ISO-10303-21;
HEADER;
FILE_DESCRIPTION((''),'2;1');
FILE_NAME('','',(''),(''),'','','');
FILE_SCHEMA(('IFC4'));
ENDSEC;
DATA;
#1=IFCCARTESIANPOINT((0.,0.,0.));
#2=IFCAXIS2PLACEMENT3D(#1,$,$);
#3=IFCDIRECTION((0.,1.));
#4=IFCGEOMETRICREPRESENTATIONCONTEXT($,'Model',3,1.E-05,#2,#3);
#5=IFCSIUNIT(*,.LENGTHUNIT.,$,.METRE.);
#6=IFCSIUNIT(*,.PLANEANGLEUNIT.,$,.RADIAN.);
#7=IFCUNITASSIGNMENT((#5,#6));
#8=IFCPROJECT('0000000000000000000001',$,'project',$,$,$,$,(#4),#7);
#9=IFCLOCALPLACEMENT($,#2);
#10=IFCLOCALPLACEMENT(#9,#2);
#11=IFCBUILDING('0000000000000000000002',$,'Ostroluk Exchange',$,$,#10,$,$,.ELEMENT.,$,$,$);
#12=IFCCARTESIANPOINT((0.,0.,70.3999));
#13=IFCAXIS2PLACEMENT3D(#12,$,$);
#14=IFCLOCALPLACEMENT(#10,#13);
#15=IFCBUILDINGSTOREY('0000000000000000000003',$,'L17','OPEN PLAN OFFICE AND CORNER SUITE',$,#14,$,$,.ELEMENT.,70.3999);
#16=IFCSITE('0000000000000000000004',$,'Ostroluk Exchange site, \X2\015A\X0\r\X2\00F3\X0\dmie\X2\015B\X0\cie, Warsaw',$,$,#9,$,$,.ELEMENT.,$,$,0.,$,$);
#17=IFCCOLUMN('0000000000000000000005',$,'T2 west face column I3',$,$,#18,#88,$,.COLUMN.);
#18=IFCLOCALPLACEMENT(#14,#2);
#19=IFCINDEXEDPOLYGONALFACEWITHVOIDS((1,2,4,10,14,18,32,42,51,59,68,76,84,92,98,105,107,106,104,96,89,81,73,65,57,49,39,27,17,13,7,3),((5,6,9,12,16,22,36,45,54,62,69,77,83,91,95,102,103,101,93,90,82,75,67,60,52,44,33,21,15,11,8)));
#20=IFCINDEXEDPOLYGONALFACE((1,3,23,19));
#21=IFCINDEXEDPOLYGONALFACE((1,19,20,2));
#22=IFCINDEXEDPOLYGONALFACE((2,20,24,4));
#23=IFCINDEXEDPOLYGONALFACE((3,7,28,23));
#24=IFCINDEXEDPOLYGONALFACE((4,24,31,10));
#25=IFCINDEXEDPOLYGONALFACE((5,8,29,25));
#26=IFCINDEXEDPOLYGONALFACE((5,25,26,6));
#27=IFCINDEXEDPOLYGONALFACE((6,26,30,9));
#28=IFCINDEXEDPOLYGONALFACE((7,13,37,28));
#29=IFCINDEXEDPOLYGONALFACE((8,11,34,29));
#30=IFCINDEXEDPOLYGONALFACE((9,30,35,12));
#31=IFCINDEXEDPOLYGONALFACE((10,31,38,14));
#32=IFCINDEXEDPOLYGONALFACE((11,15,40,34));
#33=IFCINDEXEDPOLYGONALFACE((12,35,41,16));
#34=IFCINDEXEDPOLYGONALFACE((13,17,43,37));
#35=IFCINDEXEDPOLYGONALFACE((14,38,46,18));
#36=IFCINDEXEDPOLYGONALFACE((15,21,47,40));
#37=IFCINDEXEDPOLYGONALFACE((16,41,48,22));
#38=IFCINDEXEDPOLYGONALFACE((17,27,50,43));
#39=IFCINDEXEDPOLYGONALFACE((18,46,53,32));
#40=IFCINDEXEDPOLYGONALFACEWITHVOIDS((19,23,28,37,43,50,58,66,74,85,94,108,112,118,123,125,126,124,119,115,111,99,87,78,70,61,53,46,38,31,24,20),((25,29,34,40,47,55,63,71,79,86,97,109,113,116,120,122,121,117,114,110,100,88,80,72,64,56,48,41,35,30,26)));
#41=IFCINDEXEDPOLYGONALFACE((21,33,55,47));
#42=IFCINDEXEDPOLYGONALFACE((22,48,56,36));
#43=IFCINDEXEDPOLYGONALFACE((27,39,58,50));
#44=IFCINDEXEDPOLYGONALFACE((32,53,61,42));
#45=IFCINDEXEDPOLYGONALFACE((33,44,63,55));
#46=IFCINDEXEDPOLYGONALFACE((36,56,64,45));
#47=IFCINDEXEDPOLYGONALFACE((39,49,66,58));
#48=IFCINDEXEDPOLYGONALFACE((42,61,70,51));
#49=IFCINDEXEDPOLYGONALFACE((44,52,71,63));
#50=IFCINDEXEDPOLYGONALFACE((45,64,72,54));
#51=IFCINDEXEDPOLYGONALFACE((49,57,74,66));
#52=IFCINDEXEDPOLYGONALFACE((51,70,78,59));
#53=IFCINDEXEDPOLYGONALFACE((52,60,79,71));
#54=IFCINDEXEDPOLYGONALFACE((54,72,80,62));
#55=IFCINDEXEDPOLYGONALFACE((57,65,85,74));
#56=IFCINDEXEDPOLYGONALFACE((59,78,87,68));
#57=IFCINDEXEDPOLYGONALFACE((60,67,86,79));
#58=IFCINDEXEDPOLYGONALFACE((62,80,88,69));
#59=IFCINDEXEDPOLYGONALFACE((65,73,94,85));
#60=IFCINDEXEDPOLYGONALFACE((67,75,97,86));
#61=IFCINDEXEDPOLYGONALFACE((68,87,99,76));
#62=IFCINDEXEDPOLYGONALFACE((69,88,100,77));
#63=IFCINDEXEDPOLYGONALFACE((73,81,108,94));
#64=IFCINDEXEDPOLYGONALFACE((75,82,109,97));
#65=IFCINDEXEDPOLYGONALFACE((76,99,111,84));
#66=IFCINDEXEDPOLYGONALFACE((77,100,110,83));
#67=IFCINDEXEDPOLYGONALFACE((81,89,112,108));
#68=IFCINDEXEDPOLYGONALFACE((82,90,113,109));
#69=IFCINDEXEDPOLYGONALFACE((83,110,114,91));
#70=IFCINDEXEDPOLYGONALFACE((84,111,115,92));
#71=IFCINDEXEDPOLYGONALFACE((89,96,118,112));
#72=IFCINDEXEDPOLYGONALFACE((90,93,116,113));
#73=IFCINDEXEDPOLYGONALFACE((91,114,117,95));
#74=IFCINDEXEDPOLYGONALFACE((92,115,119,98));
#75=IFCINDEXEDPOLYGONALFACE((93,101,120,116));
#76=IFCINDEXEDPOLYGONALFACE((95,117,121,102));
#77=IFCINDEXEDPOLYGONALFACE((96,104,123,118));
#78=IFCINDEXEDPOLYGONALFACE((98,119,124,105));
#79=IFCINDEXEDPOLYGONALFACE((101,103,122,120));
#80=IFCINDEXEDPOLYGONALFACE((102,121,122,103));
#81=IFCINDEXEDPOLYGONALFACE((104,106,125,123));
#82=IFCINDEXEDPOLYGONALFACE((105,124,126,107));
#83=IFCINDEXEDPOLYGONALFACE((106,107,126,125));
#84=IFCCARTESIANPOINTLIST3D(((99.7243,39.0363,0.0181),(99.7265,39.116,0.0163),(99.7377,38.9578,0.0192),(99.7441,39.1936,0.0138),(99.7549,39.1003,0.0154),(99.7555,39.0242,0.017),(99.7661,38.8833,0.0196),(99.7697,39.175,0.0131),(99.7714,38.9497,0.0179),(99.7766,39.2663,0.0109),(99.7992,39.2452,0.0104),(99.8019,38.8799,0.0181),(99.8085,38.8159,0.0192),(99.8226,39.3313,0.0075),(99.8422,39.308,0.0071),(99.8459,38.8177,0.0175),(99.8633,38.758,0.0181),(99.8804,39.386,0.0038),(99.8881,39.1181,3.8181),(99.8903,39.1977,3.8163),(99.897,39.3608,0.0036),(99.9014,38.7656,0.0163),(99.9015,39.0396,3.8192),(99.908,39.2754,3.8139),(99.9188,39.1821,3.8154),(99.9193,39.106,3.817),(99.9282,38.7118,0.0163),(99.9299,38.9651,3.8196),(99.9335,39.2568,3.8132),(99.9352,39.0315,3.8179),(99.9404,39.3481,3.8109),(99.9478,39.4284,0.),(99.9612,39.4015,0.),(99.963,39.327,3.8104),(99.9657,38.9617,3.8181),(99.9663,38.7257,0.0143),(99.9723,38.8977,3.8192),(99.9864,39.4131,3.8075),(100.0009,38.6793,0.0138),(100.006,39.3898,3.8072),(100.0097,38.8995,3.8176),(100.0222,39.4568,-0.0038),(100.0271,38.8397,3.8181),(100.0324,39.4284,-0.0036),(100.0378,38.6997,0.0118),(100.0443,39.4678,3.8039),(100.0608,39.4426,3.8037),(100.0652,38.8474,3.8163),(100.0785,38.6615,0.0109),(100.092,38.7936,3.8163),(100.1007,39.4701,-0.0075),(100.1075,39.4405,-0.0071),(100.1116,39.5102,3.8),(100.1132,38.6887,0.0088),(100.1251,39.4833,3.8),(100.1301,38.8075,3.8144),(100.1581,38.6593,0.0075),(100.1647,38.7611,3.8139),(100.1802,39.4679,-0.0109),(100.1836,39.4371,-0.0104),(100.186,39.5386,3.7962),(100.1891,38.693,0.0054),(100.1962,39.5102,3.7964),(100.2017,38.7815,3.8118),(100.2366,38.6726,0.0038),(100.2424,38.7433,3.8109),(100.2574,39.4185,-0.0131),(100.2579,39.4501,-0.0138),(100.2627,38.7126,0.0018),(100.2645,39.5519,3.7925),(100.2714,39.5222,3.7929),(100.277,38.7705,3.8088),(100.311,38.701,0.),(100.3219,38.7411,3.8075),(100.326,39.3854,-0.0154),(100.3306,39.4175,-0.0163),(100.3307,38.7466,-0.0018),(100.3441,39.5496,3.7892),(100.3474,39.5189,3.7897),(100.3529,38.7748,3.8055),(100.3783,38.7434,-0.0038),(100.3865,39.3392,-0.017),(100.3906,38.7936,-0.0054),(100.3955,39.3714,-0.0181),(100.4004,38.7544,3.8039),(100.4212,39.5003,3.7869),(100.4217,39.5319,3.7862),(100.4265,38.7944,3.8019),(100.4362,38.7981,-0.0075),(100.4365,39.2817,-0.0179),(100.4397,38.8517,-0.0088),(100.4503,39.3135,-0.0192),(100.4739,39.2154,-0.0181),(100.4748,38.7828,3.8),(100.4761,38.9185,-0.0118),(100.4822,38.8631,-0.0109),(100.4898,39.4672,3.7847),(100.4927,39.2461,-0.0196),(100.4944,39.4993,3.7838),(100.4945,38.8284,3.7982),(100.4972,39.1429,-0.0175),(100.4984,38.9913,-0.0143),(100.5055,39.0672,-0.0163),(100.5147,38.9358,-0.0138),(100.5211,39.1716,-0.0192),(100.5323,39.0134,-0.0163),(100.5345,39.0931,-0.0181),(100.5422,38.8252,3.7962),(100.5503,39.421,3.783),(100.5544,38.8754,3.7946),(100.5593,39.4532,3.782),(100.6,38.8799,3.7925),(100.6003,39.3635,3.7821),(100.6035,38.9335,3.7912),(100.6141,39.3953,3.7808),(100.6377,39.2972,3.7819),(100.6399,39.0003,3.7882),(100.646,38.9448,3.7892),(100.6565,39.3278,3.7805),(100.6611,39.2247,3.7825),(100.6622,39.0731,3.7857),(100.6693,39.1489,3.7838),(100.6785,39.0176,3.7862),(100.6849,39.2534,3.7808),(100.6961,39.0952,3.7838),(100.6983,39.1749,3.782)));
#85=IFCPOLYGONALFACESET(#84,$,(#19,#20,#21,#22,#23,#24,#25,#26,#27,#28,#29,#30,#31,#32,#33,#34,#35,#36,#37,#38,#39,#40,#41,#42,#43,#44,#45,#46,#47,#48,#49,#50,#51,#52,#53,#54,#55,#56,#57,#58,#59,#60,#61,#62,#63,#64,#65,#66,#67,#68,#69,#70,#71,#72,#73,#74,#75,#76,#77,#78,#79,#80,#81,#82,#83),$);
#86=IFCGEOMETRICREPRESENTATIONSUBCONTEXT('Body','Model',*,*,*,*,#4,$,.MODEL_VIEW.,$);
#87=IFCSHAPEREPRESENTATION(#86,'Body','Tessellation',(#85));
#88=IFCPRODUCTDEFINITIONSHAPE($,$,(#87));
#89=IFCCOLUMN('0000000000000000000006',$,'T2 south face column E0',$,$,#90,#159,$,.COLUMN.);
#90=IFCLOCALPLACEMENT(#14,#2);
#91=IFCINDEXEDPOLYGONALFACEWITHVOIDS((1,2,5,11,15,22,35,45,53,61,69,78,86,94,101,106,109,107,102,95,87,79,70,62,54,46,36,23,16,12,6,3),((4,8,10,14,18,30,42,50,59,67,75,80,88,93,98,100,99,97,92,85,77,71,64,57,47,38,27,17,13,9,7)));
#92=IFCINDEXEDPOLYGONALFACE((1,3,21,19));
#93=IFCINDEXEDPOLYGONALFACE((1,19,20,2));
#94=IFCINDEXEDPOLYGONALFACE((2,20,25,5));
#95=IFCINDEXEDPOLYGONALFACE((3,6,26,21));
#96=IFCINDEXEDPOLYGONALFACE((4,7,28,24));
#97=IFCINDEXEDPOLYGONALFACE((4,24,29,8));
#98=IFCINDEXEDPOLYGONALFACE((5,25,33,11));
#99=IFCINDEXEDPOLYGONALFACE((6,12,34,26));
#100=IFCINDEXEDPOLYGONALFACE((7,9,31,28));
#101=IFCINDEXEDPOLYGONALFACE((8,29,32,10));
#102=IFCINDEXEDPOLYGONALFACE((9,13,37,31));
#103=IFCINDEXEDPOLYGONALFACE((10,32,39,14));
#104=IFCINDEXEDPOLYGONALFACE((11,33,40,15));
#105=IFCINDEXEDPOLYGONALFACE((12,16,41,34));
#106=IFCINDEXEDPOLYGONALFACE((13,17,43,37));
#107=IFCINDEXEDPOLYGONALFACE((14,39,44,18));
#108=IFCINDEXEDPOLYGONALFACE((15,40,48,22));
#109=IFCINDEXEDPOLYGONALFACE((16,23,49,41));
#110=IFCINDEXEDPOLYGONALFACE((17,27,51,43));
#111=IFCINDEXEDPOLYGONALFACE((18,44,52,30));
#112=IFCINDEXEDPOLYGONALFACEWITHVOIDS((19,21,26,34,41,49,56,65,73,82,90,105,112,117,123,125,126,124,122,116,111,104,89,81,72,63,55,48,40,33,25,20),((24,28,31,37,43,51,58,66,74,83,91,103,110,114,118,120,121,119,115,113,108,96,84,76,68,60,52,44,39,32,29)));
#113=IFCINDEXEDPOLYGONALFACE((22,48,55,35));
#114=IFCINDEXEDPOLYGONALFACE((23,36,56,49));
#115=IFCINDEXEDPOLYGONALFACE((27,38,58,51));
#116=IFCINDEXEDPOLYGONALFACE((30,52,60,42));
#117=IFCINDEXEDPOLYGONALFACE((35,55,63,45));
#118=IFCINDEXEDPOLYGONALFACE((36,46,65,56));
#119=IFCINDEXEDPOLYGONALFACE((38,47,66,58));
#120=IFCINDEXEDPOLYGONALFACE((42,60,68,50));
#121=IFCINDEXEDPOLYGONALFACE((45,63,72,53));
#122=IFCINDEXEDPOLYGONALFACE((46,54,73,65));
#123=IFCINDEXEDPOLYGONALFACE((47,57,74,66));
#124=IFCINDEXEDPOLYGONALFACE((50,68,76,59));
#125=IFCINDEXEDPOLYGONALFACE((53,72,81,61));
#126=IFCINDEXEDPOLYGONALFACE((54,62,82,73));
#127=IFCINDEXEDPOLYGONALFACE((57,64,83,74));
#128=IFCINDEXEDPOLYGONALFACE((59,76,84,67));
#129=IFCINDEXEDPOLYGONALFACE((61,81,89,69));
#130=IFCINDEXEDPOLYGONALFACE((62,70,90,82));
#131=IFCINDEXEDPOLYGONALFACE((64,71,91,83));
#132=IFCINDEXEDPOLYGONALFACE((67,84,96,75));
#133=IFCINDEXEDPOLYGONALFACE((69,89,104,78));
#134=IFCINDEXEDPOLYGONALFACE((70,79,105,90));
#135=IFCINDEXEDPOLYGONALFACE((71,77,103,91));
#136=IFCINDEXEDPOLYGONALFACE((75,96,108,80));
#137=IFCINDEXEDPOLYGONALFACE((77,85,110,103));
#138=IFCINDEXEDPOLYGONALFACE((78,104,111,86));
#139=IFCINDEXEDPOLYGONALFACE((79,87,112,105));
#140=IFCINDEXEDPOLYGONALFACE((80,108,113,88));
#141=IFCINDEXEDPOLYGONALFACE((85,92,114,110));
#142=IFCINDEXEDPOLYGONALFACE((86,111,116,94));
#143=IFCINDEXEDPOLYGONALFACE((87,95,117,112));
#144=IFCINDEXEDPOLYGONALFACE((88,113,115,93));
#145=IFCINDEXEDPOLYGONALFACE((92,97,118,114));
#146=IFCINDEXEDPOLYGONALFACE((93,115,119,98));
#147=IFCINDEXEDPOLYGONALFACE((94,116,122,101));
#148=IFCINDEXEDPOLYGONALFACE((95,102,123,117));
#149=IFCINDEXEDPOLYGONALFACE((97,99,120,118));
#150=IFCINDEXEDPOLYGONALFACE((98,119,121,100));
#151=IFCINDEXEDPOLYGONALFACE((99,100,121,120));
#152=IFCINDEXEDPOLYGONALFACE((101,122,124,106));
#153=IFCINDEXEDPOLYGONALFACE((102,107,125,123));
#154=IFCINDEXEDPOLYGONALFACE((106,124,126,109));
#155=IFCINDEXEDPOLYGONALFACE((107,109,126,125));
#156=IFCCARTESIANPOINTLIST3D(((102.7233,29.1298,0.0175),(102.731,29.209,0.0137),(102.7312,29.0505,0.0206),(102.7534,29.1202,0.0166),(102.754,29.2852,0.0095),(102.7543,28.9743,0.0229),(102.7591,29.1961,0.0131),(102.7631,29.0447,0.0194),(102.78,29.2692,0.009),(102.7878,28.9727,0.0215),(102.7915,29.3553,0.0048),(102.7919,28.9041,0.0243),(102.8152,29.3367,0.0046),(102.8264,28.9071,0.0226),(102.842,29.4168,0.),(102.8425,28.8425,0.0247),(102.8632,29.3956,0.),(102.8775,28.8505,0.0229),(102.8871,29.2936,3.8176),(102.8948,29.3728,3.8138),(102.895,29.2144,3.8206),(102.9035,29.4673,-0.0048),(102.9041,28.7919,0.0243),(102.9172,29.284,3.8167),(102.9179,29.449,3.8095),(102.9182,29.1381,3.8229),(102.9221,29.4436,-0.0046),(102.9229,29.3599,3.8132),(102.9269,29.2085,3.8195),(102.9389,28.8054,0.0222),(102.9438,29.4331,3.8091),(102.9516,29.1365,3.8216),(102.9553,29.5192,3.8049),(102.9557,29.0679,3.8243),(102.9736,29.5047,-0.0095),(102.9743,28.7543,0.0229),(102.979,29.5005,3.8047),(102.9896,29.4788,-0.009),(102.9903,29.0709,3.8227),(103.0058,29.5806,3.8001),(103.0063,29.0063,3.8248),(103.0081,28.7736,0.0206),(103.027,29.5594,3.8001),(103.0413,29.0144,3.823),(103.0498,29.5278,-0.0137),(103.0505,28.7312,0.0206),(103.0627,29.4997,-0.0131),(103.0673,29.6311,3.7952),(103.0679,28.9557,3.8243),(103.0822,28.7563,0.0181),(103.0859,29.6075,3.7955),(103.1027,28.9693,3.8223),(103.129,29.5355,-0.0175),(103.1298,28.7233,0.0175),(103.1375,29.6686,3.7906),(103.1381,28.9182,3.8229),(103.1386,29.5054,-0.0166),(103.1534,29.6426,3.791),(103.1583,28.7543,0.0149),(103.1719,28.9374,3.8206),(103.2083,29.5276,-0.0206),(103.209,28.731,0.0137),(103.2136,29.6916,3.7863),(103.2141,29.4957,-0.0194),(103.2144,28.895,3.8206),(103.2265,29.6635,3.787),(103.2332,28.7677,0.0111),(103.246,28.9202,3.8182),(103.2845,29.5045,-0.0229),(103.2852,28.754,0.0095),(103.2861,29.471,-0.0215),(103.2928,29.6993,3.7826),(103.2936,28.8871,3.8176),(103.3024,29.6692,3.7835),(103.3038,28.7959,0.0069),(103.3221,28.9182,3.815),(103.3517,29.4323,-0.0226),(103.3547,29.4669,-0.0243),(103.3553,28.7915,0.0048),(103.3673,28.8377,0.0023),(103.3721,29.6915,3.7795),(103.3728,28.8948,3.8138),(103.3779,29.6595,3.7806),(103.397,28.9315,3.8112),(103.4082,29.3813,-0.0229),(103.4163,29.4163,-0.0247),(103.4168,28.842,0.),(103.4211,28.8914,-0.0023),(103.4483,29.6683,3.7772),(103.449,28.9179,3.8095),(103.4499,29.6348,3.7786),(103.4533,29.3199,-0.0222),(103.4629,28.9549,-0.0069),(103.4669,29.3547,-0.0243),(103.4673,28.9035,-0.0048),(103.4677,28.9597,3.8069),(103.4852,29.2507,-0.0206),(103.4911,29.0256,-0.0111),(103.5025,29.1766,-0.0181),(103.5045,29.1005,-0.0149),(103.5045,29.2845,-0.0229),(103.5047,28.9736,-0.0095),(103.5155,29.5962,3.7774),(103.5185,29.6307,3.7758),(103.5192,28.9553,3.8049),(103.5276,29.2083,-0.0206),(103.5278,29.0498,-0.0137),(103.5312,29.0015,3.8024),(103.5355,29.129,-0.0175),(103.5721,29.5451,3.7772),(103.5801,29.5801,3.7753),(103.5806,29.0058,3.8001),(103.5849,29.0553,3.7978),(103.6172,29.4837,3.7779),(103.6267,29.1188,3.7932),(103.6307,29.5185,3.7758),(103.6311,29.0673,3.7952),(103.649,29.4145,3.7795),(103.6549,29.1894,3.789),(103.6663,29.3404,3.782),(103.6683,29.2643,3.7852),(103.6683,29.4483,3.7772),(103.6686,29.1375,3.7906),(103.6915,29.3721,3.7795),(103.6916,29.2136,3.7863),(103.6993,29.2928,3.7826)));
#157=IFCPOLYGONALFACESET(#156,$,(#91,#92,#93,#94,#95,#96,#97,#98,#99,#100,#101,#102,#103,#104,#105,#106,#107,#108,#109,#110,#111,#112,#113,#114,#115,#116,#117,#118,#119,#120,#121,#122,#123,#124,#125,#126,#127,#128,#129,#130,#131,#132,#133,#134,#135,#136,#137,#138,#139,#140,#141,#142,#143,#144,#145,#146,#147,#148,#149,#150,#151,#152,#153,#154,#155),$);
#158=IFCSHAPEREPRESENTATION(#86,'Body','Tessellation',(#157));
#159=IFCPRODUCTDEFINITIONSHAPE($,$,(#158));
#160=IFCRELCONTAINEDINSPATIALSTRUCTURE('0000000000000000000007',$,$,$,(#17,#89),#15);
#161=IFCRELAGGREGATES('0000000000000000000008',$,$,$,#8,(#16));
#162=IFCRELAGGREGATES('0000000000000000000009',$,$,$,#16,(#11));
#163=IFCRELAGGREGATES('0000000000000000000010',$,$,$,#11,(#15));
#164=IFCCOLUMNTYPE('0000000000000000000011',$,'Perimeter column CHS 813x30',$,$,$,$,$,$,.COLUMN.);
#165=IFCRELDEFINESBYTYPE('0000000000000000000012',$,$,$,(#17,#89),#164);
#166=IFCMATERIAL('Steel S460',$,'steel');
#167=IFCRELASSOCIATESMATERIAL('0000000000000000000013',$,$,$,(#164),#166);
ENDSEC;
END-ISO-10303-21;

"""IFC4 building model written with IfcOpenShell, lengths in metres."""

from ifc_helpers import new_model, si_unit, direction, frame, origin, origin_2d, place, context, subcontext, project, spatial, hollow_circle, extrude, material, material_profile, profile_set, type_object, element, save


model = new_model("IFC4")

# Units and contexts
model_context = context("Model", 3, precision=1e-05, world=origin(), true_north=direction((0.0, 1.0)))
body_context = subcontext(model_context, "Body", "Model", "MODEL_VIEW")
ifc_project = project(units=[si_unit("LENGTHUNIT", "METRE"), si_unit("PLANEANGLEUNIT", "RADIAN")], contexts=[model_context])

# Site, building, storey
site_placement = place(None, origin())
site = spatial("IfcSite", under=ifc_project, at=site_placement, Name="Ostroluk Exchange site, Śródmieście, Warsaw", CompositionType="ELEMENT", RefElevation=0.0)
building_placement = place(site_placement, origin())
building = spatial("IfcBuilding", under=site, at=building_placement, Name="Ostroluk Exchange", CompositionType="ELEMENT")
storey_placement = place(building_placement, frame((0.0, 0.0, 70.3999)))
storey = spatial("IfcBuildingStorey", under=building, at=storey_placement, Name="L17", Description="OPEN PLAN OFFICE AND CORNER SUITE", CompositionType="ELEMENT", Elevation=70.3999)

# Columns
ifc_material_1 = material(Name="Steel S460", Category="steel")
ifc_material_profile_1 = material_profile(ifc_material_1, hollow_circle(Radius=0.4065, WallThickness=0.03, at=origin_2d()), Name="CHS 813x30")
ifc_profile_set_1 = profile_set([ifc_material_profile_1], Name="Steel S460")
column_type = type_object("IfcColumnType", Name="Perimeter column CHS 813x30", PredefinedType="COLUMN", material=ifc_profile_set_1)
column_1_placement = place(storey_placement, frame((100.1294, 39.0647, 0.0), z_axis=(0.04306, 0.021498, 0.998841), x_axis=(-0.44668, 0.894694, 0.0)))
element("IfcColumn", 1, at=column_1_placement, inside=storey, type_object=column_type, Name="T2 west face column I3", PredefinedType="COLUMN", context=body_context, shape_type="SweptSolid", body=[
    extrude(hollow_circle(Radius=0.4065, WallThickness=0.03, at=origin_2d()), origin(), (0.0, 0.0, 1.0), 3.8044),
])
column_2_placement = place(storey_placement, frame((103.1294, 29.1294, 0.0), z_axis=(0.04303, 0.04303, 0.998147), x_axis=(-0.707107, 0.707107, 0.0)))
element("IfcColumn", 2, at=column_2_placement, inside=storey, type_object=column_type, Name="T2 south face column E0", PredefinedType="COLUMN", context=body_context, shape_type="SweptSolid", body=[
    extrude(hollow_circle(Radius=0.4065, WallThickness=0.03, at=origin_2d()), origin(), (0.0, 0.0, 1.0), 3.8071),
])

save(model, "model.ifc")
